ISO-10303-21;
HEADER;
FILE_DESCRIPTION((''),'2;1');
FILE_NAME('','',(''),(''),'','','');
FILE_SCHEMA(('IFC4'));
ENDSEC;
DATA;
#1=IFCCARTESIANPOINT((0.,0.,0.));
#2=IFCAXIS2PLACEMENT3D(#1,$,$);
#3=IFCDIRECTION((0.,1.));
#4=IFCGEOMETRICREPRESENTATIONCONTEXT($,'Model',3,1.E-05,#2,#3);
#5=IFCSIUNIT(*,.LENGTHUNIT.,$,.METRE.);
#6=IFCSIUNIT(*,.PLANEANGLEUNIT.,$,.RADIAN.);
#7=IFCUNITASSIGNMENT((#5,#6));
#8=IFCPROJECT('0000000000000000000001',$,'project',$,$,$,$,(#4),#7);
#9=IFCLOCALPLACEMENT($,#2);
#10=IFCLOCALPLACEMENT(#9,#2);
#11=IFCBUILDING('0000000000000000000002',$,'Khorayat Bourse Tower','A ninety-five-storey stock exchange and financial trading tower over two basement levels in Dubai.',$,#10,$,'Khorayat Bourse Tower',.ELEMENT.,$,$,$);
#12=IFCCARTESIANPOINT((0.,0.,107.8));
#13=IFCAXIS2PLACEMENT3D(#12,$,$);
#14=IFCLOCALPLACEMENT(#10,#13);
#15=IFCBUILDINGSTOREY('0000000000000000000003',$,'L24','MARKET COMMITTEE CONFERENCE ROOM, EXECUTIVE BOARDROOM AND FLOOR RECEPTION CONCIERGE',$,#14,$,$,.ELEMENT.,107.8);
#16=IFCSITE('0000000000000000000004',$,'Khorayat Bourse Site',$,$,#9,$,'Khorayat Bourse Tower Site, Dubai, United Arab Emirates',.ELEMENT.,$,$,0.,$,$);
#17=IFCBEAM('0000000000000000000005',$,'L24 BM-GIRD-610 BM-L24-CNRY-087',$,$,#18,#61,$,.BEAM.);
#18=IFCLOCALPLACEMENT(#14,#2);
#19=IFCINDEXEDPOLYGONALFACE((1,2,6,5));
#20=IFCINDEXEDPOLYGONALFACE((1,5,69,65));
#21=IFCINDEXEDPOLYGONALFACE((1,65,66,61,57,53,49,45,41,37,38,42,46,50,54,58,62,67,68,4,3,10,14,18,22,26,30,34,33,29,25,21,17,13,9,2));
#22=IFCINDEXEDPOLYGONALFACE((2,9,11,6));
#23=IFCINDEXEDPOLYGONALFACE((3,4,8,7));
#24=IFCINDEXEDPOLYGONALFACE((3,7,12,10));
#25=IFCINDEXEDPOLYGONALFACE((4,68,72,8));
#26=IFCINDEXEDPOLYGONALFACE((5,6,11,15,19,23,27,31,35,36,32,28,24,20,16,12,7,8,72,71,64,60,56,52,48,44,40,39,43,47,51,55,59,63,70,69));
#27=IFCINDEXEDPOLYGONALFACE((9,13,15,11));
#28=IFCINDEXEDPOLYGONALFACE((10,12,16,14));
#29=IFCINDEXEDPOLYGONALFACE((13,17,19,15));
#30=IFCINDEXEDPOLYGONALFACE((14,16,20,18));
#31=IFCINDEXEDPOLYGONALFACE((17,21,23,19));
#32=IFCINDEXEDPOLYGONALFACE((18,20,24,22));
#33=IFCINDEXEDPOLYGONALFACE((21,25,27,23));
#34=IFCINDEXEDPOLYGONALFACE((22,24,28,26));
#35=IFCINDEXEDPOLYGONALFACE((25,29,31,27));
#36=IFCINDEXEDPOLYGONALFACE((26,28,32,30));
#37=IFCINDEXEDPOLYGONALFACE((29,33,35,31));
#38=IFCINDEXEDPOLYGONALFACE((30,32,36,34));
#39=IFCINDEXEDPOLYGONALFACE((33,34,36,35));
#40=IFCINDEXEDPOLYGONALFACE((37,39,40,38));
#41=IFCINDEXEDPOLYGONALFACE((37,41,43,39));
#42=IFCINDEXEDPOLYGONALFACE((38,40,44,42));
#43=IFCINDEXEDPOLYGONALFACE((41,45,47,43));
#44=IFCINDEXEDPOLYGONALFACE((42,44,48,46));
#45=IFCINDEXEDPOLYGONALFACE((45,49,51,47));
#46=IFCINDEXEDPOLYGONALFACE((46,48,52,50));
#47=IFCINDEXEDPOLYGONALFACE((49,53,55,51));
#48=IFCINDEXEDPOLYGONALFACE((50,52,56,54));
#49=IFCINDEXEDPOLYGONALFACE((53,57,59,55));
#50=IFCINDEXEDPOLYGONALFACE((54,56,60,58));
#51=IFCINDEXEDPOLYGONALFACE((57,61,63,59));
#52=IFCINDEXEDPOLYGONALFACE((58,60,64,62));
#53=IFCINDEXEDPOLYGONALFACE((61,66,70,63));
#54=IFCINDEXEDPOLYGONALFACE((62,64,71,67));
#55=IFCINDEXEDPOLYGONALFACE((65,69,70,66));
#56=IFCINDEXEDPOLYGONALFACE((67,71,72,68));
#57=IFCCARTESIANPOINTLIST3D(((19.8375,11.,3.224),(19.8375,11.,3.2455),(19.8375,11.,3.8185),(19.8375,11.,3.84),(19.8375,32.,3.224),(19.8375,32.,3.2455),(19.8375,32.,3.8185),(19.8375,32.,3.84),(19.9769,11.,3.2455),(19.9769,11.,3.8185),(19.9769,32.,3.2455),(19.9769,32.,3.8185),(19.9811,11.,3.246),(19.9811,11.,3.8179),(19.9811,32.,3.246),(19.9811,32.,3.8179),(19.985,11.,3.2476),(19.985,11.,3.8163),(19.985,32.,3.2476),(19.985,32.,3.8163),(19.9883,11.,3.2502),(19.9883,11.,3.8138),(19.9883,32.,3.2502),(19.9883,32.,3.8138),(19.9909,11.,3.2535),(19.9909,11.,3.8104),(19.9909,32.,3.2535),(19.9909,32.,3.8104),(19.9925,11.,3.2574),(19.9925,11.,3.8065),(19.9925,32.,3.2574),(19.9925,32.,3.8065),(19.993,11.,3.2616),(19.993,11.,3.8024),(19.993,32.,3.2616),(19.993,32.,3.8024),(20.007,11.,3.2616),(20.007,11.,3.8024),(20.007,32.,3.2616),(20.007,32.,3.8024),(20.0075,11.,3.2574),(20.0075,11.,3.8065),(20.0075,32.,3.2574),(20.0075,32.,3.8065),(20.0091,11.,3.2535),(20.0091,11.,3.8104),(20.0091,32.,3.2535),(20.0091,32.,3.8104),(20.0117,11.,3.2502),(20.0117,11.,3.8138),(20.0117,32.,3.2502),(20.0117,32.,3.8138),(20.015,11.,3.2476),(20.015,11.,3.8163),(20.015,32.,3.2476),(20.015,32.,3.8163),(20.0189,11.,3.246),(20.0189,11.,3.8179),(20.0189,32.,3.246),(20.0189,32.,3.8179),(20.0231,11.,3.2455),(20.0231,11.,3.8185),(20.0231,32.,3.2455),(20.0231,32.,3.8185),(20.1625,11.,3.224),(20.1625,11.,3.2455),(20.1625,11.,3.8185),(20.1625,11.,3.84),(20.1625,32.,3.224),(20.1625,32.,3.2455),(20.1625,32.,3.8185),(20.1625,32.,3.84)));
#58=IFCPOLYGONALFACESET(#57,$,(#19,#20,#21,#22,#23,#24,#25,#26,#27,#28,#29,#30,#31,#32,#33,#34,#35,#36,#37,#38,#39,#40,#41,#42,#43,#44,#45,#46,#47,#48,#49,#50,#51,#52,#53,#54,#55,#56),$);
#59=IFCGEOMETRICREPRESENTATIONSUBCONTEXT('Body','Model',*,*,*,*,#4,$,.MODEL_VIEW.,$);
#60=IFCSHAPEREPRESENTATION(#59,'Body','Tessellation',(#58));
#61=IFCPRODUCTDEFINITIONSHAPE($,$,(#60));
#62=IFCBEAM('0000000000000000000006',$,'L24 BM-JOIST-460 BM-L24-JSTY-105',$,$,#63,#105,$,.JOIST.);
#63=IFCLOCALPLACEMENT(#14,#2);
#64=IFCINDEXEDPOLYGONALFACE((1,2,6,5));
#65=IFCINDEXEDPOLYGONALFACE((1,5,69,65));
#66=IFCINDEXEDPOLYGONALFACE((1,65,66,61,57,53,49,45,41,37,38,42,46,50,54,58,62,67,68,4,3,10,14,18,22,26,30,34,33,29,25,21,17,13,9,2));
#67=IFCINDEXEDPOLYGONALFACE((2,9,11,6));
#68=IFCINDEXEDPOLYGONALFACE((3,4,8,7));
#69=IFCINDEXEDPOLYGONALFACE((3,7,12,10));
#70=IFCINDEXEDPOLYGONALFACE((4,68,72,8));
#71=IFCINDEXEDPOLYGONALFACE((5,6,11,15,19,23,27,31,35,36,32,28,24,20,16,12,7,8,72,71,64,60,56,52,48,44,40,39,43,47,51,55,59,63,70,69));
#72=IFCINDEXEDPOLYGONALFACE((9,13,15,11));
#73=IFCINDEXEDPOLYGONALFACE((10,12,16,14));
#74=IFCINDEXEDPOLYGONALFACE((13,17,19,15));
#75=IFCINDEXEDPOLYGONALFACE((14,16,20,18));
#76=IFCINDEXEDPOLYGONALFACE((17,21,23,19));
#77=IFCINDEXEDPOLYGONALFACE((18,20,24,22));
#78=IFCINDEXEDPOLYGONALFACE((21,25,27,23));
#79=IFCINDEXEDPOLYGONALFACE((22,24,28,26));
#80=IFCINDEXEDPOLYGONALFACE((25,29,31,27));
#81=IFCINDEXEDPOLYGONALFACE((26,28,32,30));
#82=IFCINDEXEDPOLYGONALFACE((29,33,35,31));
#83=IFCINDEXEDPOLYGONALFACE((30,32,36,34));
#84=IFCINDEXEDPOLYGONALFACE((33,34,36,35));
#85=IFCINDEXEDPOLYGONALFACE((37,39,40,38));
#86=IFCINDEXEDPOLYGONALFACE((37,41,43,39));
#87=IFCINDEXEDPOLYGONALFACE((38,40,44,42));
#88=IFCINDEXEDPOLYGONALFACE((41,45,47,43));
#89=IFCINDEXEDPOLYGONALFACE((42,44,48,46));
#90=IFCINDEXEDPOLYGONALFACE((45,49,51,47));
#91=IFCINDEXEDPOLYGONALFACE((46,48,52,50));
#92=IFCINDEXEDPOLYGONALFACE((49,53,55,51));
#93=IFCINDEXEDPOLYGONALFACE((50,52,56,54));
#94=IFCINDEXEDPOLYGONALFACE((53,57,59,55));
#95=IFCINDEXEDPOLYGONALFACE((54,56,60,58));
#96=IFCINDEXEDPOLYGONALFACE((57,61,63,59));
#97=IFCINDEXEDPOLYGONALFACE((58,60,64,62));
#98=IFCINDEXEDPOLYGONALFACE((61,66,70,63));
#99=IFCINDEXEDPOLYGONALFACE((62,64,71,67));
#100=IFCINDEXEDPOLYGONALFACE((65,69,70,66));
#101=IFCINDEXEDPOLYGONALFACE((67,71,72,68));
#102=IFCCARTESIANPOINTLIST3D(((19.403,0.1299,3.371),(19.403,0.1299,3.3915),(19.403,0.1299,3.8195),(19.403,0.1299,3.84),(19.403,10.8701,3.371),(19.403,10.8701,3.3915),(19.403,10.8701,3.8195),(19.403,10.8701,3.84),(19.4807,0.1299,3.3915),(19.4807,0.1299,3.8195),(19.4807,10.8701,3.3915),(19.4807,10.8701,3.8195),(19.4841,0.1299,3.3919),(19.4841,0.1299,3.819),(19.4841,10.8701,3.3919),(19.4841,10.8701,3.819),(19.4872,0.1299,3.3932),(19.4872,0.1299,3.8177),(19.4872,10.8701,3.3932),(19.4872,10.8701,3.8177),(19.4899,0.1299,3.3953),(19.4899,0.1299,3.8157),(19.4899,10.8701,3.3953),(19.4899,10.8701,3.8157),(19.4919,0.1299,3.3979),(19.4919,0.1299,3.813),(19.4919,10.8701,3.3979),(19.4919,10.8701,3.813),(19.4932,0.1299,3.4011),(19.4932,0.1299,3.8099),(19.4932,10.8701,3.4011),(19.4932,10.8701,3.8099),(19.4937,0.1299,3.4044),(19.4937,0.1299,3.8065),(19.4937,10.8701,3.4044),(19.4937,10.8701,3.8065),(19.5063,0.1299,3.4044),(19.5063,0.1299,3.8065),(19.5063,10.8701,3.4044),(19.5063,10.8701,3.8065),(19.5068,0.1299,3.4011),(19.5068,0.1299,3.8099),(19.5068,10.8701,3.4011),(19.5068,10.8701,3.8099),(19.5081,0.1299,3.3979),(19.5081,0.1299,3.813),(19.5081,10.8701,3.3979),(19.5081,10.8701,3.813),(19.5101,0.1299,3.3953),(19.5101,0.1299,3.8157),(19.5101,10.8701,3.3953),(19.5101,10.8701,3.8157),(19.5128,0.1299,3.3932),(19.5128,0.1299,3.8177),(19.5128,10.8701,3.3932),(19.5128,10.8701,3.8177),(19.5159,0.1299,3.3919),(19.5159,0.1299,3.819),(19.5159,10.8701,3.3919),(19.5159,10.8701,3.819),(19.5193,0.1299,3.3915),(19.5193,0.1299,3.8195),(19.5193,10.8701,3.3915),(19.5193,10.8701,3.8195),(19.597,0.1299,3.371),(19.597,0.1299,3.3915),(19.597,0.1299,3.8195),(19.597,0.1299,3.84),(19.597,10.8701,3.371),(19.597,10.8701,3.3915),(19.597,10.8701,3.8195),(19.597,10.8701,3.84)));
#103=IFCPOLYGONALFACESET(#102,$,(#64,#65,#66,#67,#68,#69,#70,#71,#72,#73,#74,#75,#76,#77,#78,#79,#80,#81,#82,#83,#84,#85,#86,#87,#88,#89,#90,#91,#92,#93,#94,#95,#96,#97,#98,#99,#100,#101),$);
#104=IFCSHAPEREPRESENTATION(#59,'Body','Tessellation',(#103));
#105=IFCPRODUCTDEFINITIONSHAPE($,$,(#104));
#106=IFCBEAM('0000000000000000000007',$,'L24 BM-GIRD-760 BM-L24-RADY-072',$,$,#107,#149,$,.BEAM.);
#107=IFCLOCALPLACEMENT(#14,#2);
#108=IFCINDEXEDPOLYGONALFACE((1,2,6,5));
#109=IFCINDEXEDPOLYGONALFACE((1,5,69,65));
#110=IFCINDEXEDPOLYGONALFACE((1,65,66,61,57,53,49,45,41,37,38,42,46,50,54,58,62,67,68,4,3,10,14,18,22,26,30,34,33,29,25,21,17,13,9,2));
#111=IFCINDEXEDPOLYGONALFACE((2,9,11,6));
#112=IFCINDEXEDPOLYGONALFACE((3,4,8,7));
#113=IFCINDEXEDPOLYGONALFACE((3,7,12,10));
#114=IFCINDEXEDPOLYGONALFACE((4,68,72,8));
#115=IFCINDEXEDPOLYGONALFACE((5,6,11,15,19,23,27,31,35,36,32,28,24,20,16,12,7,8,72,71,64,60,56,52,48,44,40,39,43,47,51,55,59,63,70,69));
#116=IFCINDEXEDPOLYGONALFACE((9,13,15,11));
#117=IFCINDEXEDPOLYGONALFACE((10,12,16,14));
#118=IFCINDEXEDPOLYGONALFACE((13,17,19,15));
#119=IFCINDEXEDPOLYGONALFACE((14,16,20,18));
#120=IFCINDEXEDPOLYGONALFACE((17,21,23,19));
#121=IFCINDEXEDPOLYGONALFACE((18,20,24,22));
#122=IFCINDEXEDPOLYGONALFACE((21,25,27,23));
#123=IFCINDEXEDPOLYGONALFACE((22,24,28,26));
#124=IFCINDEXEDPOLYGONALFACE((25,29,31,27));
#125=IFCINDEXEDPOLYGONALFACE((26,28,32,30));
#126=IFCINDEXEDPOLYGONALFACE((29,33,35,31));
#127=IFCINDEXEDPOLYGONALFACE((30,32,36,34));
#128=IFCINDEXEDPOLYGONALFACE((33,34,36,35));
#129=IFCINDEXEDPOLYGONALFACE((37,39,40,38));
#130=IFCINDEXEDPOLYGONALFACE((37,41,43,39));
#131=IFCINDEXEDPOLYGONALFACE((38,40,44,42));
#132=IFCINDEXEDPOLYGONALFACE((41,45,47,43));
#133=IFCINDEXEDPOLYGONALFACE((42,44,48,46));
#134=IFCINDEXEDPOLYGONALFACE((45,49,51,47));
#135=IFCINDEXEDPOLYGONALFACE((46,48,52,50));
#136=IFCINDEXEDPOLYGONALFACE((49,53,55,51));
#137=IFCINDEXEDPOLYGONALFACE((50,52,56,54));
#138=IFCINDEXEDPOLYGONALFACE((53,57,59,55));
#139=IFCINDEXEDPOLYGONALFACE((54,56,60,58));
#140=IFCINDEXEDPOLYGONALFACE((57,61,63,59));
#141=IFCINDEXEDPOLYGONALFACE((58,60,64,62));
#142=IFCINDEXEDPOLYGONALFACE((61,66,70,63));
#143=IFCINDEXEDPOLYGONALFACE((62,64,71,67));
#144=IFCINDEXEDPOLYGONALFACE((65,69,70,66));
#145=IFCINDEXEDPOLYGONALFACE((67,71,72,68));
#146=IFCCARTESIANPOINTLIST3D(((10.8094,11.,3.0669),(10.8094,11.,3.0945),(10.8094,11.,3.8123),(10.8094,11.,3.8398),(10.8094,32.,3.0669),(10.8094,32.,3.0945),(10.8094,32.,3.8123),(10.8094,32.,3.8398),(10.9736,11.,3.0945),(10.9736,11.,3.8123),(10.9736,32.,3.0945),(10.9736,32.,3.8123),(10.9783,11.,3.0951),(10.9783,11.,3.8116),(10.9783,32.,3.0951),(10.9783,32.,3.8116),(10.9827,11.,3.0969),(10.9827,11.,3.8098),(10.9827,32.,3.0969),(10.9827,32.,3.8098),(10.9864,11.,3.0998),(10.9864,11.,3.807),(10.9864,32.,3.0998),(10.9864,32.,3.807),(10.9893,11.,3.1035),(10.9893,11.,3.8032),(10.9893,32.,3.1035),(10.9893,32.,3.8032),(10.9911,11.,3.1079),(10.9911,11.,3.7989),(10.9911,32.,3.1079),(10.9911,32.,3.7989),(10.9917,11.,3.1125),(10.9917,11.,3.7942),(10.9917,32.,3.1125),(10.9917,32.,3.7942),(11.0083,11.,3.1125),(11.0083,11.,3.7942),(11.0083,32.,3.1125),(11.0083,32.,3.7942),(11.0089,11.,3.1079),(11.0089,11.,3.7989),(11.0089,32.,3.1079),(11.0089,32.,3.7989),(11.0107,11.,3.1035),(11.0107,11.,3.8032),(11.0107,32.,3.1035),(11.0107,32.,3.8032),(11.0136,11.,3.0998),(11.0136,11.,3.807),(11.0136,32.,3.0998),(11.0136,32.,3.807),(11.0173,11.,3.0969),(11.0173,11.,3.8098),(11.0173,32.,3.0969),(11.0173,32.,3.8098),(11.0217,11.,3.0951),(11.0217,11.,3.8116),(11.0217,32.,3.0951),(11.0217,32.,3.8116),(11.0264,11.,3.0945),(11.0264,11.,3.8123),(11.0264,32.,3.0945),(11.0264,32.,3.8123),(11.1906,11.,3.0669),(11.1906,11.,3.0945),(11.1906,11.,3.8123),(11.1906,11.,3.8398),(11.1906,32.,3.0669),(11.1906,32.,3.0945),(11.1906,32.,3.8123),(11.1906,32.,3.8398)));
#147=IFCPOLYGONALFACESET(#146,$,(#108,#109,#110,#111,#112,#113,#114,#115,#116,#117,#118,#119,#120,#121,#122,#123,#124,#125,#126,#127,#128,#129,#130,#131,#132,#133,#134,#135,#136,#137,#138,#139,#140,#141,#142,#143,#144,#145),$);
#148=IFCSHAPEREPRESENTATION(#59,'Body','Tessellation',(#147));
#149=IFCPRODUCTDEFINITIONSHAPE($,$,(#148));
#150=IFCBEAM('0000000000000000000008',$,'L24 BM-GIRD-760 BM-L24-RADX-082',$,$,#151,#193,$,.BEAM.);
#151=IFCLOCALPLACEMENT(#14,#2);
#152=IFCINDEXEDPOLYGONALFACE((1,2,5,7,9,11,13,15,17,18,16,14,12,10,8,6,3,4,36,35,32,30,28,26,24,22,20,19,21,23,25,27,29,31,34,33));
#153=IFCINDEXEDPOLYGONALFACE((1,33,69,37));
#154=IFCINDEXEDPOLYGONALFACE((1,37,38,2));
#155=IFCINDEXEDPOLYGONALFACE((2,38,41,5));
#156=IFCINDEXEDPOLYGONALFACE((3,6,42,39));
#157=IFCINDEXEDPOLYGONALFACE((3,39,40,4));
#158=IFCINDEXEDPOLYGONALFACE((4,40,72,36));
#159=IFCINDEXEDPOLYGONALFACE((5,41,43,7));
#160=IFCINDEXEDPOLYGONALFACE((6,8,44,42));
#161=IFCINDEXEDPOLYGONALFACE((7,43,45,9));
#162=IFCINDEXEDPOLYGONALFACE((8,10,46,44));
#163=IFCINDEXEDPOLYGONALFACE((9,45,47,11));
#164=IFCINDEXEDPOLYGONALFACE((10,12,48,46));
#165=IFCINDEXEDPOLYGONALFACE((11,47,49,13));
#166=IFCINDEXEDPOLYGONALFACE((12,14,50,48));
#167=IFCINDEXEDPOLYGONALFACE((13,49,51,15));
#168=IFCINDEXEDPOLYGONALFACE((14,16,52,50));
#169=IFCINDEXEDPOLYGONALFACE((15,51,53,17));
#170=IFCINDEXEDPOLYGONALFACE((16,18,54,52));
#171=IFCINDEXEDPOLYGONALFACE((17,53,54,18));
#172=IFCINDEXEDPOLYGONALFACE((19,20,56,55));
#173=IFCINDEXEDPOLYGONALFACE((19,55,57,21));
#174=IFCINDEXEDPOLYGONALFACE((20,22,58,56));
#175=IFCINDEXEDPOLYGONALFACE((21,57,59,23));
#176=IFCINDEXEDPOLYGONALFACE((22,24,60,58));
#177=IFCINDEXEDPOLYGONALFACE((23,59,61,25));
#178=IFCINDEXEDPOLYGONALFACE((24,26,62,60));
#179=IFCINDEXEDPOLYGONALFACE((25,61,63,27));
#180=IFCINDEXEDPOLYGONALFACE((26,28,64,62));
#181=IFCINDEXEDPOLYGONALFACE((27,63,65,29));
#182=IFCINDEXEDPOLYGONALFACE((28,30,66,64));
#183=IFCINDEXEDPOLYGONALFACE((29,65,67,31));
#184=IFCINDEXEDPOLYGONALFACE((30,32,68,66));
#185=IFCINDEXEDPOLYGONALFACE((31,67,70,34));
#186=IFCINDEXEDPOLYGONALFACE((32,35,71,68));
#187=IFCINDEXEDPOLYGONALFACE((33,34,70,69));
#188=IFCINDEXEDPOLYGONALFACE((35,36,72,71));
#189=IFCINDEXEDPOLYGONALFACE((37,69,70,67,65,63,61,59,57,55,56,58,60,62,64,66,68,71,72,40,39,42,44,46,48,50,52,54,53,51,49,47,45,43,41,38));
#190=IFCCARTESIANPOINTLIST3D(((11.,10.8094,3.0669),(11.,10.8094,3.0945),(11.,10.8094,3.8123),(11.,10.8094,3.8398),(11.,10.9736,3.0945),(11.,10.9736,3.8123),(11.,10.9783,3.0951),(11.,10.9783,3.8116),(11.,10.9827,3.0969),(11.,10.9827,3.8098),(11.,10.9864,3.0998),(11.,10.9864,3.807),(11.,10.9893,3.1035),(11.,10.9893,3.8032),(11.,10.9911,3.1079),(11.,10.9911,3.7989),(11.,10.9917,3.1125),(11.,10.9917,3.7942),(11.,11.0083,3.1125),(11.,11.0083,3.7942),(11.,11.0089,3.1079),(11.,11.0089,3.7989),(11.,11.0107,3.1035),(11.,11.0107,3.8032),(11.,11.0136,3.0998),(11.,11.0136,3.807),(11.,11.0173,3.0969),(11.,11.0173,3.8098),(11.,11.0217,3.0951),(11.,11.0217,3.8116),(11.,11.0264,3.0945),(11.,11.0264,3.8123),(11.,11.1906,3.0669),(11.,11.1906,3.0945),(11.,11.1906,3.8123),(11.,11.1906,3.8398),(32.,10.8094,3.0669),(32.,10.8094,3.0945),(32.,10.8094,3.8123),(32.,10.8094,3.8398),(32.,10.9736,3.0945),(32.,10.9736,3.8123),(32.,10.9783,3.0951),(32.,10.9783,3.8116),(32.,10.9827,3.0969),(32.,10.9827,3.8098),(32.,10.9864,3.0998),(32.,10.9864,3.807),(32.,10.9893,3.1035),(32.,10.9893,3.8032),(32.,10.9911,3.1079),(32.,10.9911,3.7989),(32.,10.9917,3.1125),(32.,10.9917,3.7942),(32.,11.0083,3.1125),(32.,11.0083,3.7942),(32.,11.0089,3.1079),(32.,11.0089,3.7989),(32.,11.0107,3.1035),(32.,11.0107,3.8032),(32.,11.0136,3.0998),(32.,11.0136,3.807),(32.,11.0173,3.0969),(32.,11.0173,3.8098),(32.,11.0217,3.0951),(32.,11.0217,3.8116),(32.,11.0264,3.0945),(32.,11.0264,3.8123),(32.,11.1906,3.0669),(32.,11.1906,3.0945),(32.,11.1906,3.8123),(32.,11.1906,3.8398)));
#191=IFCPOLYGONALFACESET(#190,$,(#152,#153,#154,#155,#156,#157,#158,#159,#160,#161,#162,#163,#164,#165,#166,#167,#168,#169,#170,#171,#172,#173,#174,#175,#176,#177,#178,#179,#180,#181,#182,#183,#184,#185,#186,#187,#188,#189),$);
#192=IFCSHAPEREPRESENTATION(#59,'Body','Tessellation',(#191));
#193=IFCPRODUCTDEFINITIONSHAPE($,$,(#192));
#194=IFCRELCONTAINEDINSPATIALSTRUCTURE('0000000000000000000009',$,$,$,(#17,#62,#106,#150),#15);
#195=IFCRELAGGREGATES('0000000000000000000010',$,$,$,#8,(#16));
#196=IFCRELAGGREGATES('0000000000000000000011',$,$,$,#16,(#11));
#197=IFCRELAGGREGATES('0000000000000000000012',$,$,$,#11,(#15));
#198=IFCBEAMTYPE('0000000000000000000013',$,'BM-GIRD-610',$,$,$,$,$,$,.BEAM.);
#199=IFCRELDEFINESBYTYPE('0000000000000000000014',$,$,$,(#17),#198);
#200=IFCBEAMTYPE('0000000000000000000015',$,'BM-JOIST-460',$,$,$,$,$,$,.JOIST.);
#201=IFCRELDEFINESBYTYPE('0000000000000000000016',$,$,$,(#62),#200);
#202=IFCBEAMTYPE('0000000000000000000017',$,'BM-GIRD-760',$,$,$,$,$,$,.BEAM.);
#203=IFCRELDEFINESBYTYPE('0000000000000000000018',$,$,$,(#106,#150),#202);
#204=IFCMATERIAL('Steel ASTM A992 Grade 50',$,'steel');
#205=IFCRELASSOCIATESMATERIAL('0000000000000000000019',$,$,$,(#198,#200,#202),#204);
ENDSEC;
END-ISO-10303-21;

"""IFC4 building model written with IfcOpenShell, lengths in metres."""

from ifc_helpers import new_model, si_unit, direction, frame, origin, origin_2d, place, context, subcontext, project, spatial, i_section, extrude, source, transform, mapped, material, material_profile, profile_set, type_object, element, save


model = new_model("IFC4")

# Units and contexts
model_context = context("Model", 3, precision=1e-05, world=origin(), true_north=direction((0.0, 1.0)))
body_context = subcontext(model_context, "Body", "Model", "MODEL_VIEW")
ifc_project = project(units=[si_unit("LENGTHUNIT", "METRE"), si_unit("PLANEANGLEUNIT", "RADIAN")], contexts=[model_context])

# Site, building, storey
site_placement = place(None, origin())
site = spatial("IfcSite", under=ifc_project, at=site_placement, Name="Khorayat Bourse Site", LongName="Khorayat Bourse Tower Site, Dubai, United Arab Emirates", CompositionType="ELEMENT", RefElevation=0.0)
building_placement = place(site_placement, origin())
building = spatial("IfcBuilding", under=site, at=building_placement, Name="Khorayat Bourse Tower", Description="A ninety-five-storey stock exchange and financial trading tower over two basement levels in Dubai.", LongName="Khorayat Bourse Tower", CompositionType="ELEMENT")
storey_placement = place(building_placement, frame((0.0, 0.0, 107.8)))
storey = spatial("IfcBuildingStorey", under=building, at=storey_placement, Name="L24", Description="MARKET COMMITTEE CONFERENCE ROOM, EXECUTIVE BOARDROOM AND FLOOR RECEPTION CONCIERGE", CompositionType="ELEMENT", Elevation=107.8)

# Beams
ifc_material_1 = material(Name="Steel ASTM A992 Grade 50", Category="steel")
ifc_material_profile_1 = material_profile(ifc_material_1, i_section(OverallWidth=0.325, OverallDepth=0.616, WebThickness=0.0139, FlangeThickness=0.0215, FilletRadius=0.0161, at=origin_2d()), Name="W610X174")
ifc_profile_set_1 = profile_set([ifc_material_profile_1], Name="Steel ASTM A992 Grade 50")
beam_type_1 = type_object("IfcBeamType", Name="BM-GIRD-610", PredefinedType="BEAM", material=ifc_profile_set_1)
shared_shape_1 = source(origin(), body_context, "Body", "SweptSolid", [
    extrude(i_section(OverallWidth=0.325, OverallDepth=0.616, WebThickness=0.0139, FlangeThickness=0.0215, FilletRadius=0.0161, at=origin_2d()), origin(), (0.0, 0.0, 1.0), 21.0),
])
beam_1_placement = place(storey_placement, frame((20.0, 11.0, 3.532), z_axis=(0.0, 1.0, 0.0), x_axis=(-1.0, 0.0, 0.0)))
element("IfcBeam", 1, at=beam_1_placement, inside=storey, type_object=beam_type_1, Name="L24 BM-GIRD-610 BM-L24-CNRY-087", PredefinedType="BEAM", context=body_context, shape_type="MappedRepresentation", body=[
    mapped(shared_shape_1, transform((0.0, 0.0, 0.0), scale=1.0)),
])
ifc_material_profile_2 = material_profile(ifc_material_1, i_section(OverallWidth=0.1941, OverallDepth=0.469, WebThickness=0.0127, FlangeThickness=0.0205, FilletRadius=0.0129, at=origin_2d()), Name="W460X106")
ifc_profile_set_2 = profile_set([ifc_material_profile_2], Name="Steel ASTM A992 Grade 50")
beam_type_2 = type_object("IfcBeamType", Name="BM-JOIST-460", PredefinedType="JOIST", material=ifc_profile_set_2)
shared_shape_2 = source(origin(), body_context, "Body", "SweptSolid", [
    extrude(i_section(OverallWidth=0.1941, OverallDepth=0.469, WebThickness=0.0127, FlangeThickness=0.0205, FilletRadius=0.0129, at=origin_2d()), origin(), (0.0, 0.0, 1.0), 10.7402),
])
beam_2_placement = place(storey_placement, frame((19.5, 0.1299, 3.6055), z_axis=(0.0, 1.0, 0.0), x_axis=(-1.0, 0.0, 0.0)))
element("IfcBeam", 2, at=beam_2_placement, inside=storey, type_object=beam_type_2, Name="L24 BM-JOIST-460 BM-L24-JSTY-105", PredefinedType="JOIST", context=body_context, shape_type="MappedRepresentation", body=[
    mapped(shared_shape_2, transform((0.0, 0.0, 0.0), scale=1.0)),
])
ifc_material_profile_3 = material_profile(ifc_material_1, i_section(OverallWidth=0.3811, OverallDepth=0.7729, WebThickness=0.0166, FlangeThickness=0.0276, FilletRadius=0.0181, at=origin_2d()), Name="W760X257")
ifc_profile_set_3 = profile_set([ifc_material_profile_3], Name="Steel ASTM A992 Grade 50")
beam_type_3 = type_object("IfcBeamType", Name="BM-GIRD-760", PredefinedType="BEAM", material=ifc_profile_set_3)
shared_shape_3 = source(origin(), body_context, "Body", "SweptSolid", [
    extrude(i_section(OverallWidth=0.3811, OverallDepth=0.7729, WebThickness=0.0166, FlangeThickness=0.0276, FilletRadius=0.0181, at=origin_2d()), origin(), (0.0, 0.0, 1.0), 21.0),
])
for number, where, z_axis, x_axis, name in (
    (3, (11.0, 11.0, 3.4534), (0.0, 1.0, 0.0), (-1.0, 0.0, 0.0), "L24 BM-GIRD-760 BM-L24-RADY-072"),
    (4, (11.0, 11.0, 3.4534), (1.0, 0.0, 0.0), (0.0, 1.0, 0.0), "L24 BM-GIRD-760 BM-L24-RADX-082"),
):
    element("IfcBeam", number, at=place(storey_placement, frame(where, z_axis=z_axis, x_axis=x_axis)), inside=storey, type_object=beam_type_3, Name=name, PredefinedType="BEAM", context=body_context, shape_type="MappedRepresentation", body=[
        mapped(shared_shape_3, transform((0.0, 0.0, 0.0), scale=1.0)),
    ])

save(model, "model.ifc")
